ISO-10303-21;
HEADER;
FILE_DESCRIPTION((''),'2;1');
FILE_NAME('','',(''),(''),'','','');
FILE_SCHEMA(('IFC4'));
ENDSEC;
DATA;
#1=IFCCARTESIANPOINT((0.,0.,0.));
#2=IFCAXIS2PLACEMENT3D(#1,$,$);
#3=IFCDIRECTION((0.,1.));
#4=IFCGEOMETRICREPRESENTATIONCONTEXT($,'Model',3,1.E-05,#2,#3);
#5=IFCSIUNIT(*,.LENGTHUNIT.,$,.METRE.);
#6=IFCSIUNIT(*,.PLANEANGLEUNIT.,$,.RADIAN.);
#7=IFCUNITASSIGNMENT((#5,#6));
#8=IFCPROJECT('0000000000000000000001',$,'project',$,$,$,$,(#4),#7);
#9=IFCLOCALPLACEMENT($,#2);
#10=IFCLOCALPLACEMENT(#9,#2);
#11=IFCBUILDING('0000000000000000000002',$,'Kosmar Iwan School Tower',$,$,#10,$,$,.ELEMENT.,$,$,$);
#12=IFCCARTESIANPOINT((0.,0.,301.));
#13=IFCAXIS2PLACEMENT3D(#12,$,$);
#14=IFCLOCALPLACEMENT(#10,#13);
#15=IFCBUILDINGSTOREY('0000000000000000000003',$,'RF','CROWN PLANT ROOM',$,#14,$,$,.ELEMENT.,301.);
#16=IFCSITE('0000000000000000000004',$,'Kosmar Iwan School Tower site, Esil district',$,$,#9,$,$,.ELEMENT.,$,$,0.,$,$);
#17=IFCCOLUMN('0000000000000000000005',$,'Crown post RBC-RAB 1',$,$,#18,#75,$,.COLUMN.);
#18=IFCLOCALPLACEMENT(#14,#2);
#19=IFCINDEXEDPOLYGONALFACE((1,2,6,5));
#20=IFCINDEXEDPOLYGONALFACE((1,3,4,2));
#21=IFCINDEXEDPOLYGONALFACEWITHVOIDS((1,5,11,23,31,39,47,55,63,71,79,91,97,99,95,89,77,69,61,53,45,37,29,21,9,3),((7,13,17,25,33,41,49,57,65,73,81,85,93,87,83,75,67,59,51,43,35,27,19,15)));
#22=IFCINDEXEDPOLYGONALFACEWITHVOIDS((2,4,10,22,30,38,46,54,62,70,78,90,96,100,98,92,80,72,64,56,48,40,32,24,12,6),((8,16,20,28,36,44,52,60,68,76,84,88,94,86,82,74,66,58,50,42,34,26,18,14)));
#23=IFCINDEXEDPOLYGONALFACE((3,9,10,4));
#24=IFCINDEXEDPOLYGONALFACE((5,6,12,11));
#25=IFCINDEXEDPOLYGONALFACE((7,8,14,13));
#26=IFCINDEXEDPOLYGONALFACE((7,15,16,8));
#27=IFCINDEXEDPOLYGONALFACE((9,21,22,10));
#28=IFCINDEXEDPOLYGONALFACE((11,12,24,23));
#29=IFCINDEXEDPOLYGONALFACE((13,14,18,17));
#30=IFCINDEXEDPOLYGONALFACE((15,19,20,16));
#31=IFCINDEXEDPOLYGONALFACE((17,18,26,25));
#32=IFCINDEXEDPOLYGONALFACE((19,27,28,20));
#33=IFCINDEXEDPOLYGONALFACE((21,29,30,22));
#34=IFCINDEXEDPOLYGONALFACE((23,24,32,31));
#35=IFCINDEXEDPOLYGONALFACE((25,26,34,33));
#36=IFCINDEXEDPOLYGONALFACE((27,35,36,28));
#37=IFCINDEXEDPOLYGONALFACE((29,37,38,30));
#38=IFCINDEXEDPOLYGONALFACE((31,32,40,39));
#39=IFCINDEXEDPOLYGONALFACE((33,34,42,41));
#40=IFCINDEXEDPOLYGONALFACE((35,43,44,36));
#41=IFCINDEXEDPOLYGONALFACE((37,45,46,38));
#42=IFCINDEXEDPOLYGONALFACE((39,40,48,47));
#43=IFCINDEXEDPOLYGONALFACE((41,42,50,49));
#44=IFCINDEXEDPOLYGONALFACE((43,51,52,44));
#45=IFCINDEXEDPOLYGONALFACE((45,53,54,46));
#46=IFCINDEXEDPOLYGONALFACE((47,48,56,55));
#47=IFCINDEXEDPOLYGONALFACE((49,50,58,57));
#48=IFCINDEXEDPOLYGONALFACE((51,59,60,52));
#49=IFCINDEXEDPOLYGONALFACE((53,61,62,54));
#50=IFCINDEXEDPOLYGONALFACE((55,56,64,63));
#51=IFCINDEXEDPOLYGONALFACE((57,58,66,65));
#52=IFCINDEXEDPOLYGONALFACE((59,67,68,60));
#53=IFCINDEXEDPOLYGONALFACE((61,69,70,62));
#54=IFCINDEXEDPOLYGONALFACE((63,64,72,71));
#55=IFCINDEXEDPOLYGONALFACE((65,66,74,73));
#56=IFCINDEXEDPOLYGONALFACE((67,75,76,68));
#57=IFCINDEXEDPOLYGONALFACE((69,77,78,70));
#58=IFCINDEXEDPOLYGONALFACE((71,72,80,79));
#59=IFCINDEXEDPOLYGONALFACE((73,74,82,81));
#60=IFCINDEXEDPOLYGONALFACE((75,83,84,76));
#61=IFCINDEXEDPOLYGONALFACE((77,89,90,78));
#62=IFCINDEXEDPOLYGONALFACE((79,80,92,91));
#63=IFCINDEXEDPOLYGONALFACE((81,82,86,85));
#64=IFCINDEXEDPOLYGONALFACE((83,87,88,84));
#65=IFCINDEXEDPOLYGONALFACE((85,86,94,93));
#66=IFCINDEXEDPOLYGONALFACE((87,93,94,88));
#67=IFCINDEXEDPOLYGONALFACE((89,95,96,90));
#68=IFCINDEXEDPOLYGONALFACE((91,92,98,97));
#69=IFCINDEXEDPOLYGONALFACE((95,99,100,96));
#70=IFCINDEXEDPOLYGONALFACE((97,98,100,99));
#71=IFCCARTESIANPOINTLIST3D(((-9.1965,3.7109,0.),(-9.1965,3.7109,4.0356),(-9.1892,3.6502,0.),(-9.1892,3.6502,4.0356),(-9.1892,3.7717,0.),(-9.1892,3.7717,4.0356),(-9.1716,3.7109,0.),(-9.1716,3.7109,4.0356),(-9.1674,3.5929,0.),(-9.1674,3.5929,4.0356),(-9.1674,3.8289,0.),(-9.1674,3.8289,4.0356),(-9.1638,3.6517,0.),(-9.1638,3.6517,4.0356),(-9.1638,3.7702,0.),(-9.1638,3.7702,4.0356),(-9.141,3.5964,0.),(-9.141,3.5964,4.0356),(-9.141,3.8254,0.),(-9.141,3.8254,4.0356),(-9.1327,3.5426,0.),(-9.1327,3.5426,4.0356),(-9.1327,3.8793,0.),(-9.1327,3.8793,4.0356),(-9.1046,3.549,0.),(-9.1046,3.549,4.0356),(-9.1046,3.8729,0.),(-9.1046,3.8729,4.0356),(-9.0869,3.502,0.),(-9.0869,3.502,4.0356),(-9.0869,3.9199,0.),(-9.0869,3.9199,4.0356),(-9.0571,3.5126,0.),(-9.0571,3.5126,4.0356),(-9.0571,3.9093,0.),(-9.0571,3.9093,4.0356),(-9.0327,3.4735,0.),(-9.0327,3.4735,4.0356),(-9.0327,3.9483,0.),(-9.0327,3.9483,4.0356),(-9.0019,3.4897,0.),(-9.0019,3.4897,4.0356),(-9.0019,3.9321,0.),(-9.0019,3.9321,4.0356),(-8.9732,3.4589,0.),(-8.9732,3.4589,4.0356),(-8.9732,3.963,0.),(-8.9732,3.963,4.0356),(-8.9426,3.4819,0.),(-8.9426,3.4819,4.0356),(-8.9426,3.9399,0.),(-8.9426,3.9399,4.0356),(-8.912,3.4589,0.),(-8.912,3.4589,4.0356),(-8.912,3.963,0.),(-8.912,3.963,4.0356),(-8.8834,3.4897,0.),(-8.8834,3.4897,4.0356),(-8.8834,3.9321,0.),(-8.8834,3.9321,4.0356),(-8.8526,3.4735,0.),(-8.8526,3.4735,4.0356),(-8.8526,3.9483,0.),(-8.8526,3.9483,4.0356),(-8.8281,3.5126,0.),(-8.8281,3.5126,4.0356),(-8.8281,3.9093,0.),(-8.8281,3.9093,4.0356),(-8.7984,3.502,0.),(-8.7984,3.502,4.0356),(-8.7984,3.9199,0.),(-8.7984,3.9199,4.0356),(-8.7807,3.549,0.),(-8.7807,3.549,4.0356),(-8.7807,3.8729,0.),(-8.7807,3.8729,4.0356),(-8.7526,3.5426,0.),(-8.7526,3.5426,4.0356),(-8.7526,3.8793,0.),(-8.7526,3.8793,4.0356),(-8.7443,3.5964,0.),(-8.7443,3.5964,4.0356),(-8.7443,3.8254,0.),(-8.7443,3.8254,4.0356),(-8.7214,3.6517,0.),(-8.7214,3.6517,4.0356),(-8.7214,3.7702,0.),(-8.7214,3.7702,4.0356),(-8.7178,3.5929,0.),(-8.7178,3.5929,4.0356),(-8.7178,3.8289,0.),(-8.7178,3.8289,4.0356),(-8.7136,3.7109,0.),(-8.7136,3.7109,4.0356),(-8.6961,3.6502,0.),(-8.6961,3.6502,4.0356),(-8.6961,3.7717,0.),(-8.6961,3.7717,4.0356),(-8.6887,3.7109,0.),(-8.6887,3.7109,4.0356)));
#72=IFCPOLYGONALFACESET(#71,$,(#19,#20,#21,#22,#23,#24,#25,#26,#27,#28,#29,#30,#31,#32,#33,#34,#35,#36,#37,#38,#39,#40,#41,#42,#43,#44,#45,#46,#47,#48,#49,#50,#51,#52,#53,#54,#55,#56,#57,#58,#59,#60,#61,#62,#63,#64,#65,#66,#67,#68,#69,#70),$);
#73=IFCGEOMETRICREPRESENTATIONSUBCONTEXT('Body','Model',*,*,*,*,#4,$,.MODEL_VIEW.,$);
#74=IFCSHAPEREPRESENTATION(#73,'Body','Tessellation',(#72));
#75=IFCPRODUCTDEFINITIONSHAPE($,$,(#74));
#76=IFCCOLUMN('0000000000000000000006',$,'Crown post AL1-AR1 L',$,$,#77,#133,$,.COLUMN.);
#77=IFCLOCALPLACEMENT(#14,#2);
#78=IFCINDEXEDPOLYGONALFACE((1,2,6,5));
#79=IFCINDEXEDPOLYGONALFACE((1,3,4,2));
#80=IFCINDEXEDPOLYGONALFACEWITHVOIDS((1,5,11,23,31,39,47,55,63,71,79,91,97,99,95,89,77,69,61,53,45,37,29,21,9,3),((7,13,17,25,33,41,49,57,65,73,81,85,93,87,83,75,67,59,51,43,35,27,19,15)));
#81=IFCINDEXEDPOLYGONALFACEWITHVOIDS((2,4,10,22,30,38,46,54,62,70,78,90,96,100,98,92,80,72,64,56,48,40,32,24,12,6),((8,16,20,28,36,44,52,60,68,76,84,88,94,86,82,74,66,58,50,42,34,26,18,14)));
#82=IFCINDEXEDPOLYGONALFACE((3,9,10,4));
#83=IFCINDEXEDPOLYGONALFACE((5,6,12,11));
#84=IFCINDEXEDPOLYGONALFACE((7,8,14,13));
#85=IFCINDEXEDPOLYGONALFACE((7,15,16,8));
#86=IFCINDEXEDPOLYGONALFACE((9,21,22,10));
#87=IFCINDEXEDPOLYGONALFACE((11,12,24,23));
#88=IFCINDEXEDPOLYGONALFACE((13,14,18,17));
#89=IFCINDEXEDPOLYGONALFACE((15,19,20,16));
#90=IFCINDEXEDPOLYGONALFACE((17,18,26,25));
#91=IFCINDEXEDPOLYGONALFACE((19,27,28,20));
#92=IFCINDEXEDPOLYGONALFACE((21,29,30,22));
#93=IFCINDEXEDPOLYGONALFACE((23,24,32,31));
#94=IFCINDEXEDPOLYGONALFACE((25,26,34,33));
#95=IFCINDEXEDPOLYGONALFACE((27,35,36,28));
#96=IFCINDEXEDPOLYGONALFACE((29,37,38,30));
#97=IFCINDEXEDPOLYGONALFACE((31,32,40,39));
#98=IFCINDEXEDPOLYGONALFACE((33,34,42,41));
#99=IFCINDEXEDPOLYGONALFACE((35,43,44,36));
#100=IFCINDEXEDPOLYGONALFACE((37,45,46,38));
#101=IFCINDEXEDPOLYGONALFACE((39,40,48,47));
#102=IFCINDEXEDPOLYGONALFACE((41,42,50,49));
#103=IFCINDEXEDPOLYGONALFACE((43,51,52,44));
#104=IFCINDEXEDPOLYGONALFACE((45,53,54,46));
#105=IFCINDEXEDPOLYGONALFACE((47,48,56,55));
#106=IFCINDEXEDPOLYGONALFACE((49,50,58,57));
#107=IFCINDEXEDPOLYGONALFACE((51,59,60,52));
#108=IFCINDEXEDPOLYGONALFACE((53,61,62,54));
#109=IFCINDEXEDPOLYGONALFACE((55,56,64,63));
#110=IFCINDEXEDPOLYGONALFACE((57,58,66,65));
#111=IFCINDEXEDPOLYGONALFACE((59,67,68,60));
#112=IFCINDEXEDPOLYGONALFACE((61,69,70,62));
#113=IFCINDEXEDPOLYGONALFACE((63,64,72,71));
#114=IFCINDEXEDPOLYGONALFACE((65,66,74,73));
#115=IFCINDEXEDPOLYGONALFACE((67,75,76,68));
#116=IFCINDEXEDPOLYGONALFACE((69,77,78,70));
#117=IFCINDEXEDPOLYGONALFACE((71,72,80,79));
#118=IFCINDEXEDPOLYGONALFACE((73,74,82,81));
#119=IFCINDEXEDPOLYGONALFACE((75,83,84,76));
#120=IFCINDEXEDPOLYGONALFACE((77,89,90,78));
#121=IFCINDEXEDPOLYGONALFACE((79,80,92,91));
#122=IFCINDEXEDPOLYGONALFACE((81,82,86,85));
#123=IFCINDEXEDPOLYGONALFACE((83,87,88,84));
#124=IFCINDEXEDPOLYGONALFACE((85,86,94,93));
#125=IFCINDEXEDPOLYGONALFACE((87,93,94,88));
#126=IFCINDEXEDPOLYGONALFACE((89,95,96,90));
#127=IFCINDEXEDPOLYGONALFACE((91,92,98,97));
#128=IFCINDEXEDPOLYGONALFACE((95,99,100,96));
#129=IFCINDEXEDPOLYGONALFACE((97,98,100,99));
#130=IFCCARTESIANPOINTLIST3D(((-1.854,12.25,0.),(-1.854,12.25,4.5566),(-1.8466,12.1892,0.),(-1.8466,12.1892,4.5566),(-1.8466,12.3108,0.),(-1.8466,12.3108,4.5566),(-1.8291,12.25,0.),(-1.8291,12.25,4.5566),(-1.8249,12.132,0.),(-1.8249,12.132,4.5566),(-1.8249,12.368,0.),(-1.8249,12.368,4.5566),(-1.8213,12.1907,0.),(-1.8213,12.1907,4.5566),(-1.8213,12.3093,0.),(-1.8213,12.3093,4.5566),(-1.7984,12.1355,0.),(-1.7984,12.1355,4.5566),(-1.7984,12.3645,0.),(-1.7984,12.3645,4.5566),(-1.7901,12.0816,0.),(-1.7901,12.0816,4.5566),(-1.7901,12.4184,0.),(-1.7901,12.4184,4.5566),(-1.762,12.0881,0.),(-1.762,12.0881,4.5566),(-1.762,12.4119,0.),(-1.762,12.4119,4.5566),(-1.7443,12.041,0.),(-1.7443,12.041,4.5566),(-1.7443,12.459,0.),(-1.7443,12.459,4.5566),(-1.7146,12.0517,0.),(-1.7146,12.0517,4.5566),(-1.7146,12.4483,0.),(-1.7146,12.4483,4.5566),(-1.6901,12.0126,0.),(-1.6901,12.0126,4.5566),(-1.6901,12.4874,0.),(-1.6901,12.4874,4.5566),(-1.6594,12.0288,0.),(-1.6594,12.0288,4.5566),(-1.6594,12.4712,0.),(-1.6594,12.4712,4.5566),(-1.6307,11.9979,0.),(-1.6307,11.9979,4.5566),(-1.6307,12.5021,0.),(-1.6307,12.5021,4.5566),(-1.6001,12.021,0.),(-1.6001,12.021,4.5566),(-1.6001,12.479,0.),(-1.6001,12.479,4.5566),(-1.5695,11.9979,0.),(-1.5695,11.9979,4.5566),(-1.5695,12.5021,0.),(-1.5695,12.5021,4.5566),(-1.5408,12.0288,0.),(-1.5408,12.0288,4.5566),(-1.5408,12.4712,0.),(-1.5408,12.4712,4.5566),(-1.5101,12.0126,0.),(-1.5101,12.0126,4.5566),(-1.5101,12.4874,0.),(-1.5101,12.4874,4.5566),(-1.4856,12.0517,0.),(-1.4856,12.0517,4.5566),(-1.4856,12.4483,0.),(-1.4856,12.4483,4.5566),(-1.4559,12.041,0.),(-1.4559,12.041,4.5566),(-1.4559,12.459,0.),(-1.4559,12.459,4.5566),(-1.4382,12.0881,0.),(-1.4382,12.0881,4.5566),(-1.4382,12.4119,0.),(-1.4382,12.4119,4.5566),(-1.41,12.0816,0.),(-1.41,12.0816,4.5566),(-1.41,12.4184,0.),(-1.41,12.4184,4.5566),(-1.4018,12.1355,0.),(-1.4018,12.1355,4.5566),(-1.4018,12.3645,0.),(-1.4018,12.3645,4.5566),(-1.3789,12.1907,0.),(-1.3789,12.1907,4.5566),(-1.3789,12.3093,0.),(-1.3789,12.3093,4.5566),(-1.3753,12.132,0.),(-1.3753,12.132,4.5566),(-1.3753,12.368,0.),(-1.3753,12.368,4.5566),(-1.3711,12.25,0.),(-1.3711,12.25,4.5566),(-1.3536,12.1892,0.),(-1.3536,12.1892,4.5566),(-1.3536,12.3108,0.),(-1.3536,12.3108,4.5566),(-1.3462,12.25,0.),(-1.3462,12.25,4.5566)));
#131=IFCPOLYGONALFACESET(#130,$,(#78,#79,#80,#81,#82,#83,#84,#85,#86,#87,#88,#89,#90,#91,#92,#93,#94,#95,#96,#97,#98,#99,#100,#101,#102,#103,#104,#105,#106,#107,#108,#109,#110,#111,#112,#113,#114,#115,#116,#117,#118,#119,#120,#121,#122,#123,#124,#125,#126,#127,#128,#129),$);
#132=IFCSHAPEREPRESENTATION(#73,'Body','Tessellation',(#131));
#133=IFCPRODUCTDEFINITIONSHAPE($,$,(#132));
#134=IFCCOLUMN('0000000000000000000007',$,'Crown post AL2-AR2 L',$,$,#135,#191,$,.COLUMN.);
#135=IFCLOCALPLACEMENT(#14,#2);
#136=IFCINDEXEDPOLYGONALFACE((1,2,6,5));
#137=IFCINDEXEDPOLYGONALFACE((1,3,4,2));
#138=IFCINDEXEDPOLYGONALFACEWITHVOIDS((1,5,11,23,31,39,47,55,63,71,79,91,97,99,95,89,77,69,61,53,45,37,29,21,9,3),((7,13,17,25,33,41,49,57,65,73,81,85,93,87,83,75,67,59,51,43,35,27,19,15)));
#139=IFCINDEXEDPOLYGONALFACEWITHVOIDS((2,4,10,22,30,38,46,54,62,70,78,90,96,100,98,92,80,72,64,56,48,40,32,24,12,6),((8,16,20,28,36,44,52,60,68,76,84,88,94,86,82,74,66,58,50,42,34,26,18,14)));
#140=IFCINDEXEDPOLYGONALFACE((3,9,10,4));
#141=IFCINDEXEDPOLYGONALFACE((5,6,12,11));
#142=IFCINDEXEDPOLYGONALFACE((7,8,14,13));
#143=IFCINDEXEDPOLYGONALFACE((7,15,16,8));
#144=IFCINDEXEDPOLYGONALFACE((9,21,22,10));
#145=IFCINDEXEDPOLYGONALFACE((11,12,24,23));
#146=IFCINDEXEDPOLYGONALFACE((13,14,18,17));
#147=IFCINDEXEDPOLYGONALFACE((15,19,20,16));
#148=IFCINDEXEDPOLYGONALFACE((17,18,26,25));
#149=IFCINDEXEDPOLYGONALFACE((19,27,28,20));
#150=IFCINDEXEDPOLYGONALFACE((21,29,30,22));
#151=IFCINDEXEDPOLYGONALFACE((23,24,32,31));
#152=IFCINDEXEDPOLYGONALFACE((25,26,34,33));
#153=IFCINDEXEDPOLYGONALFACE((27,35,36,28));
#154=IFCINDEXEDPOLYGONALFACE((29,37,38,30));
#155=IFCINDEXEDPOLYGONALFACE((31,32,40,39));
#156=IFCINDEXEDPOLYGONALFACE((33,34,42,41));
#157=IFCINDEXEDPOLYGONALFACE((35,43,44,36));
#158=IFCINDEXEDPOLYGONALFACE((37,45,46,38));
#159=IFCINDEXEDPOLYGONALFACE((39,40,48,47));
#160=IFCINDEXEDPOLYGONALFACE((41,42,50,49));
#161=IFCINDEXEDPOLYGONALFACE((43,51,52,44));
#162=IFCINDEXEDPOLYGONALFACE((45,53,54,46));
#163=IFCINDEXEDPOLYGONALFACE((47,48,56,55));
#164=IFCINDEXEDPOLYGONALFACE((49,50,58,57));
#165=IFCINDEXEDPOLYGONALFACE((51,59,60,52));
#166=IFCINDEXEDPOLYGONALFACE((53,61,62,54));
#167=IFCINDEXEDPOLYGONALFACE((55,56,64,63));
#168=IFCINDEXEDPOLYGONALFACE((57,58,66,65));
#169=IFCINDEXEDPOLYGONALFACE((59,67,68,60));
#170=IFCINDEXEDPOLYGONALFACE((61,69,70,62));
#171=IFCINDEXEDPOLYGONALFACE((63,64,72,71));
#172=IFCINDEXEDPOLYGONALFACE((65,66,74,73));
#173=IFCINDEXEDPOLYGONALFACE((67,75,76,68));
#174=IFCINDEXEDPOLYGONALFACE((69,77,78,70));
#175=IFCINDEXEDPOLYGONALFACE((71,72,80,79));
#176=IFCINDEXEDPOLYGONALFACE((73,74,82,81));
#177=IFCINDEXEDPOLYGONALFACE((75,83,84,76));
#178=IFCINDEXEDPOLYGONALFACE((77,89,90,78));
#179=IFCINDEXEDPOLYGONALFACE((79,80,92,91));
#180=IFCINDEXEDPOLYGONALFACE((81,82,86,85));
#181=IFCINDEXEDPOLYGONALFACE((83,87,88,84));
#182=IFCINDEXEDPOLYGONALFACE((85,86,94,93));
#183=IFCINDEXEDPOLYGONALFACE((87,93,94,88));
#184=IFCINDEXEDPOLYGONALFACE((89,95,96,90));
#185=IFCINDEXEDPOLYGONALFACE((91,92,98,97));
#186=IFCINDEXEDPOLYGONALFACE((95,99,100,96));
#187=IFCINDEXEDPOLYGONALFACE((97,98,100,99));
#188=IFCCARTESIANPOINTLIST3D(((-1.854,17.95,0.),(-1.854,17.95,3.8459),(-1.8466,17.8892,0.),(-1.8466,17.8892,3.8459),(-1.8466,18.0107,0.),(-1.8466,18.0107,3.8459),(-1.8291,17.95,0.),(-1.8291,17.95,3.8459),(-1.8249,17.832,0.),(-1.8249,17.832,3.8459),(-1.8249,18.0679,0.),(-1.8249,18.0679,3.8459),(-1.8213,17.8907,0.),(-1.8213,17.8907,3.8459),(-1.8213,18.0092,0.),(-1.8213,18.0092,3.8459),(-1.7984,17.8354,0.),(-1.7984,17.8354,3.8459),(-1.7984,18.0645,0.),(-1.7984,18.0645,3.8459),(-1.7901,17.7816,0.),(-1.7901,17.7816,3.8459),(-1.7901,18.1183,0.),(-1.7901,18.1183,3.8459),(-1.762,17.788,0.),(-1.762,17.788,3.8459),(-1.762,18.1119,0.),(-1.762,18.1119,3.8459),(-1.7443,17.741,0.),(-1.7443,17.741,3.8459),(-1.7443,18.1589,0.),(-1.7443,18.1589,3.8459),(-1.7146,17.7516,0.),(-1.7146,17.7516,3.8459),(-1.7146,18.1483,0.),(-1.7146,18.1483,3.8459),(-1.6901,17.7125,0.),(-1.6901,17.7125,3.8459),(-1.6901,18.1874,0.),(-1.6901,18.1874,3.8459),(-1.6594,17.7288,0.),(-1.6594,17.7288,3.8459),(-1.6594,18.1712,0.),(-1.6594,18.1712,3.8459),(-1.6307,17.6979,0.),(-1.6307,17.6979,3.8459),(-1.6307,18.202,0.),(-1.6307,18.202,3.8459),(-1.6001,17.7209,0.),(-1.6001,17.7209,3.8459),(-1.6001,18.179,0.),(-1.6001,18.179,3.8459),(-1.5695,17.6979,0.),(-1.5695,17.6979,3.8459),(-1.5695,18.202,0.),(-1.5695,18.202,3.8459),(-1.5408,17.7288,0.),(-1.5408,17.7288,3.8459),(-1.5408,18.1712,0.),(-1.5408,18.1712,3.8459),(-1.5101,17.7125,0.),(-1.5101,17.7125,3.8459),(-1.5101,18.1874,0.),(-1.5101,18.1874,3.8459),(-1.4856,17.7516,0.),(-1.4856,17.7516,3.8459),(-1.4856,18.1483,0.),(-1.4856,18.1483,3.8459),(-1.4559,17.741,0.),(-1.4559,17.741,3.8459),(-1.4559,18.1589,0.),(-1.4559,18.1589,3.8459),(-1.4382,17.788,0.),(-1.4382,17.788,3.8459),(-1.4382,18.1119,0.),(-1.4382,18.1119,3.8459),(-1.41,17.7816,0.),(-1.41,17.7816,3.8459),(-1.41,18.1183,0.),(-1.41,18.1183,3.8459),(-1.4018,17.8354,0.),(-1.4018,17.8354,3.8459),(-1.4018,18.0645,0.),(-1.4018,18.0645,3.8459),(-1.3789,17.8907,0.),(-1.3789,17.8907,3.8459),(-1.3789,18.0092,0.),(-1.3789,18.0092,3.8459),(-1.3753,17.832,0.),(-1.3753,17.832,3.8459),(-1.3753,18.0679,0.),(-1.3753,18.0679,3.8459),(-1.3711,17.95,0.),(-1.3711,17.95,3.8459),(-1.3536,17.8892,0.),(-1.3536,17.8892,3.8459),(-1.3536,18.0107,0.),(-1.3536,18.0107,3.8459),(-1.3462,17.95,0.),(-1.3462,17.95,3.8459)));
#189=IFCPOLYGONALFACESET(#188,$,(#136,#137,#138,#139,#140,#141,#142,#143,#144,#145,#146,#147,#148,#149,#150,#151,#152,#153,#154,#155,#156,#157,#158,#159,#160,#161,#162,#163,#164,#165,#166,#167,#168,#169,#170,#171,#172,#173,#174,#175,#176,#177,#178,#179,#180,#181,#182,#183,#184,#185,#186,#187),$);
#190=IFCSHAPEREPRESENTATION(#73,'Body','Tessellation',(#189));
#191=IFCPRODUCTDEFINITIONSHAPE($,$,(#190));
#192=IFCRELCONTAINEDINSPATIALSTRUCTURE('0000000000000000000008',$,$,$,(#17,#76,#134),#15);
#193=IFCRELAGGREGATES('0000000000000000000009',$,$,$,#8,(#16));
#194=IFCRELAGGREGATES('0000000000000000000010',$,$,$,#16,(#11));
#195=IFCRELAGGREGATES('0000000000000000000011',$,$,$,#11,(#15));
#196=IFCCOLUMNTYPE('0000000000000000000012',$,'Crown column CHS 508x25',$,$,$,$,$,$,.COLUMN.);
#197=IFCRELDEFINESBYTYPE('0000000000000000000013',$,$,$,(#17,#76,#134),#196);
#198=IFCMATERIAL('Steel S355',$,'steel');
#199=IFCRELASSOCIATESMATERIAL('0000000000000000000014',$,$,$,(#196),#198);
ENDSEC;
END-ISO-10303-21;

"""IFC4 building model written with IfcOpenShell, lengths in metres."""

from ifc_helpers import new_model, si_unit, direction, frame, origin, origin_2d, place, context, subcontext, project, spatial, hollow_circle, extrude, material, material_profile, profile_set, type_object, element, save


model = new_model("IFC4")

# Units and contexts
model_context = context("Model", 3, precision=1e-05, world=origin(), true_north=direction((0.0, 1.0)))
body_context = subcontext(model_context, "Body", "Model", "MODEL_VIEW")
ifc_project = project(units=[si_unit("LENGTHUNIT", "METRE"), si_unit("PLANEANGLEUNIT", "RADIAN")], contexts=[model_context])

# Site, building, storey
site_placement = place(None, origin())
site = spatial("IfcSite", under=ifc_project, at=site_placement, Name="Kosmar Iwan School Tower site, Esil district", CompositionType="ELEMENT", RefElevation=0.0)
building_placement = place(site_placement, origin())
building = spatial("IfcBuilding", under=site, at=building_placement, Name="Kosmar Iwan School Tower", CompositionType="ELEMENT")
storey_placement = place(building_placement, frame((0.0, 0.0, 301.0)))
storey = spatial("IfcBuildingStorey", under=building, at=storey_placement, Name="RF", Description="CROWN PLANT ROOM", CompositionType="ELEMENT", Elevation=301.0)

# Columns
ifc_material_1 = material(Name="Steel S355", Category="steel")
ifc_material_profile_1 = material_profile(ifc_material_1, hollow_circle(Radius=0.2539, WallThickness=0.0249, at=origin_2d()), Name="CHS 508x25")
ifc_profile_set_1 = profile_set([ifc_material_profile_1], Name="Steel S355")
column_type = type_object("IfcColumnType", Name="Crown column CHS 508x25", PredefinedType="COLUMN", material=ifc_profile_set_1)
for number, where, z_axis, x_axis, name in (
    (1, (-8.9426, 3.7109, 0.0), (0.0, 0.0, 1.0), (1.0, 0.0, 0.0), "Crown post RBC-RAB 1"),
):
    element("IfcColumn", number, at=place(storey_placement, frame(where, z_axis=z_axis, x_axis=x_axis)), inside=storey, type_object=column_type, Name=name, PredefinedType="COLUMN", context=body_context, shape_type="SweptSolid", body=[
        extrude(hollow_circle(Radius=0.2539, WallThickness=0.0249, at=origin_2d()), origin(), (0.0, 0.0, 1.0), 4.0356),
    ])
column_1_placement = place(storey_placement, frame((-1.6001, 12.25, 0.0), z_axis=(0.0, 0.0, 1.0), x_axis=(1.0, 0.0, 0.0)))
element("IfcColumn", 2, at=column_1_placement, inside=storey, type_object=column_type, Name="Crown post AL1-AR1 L", PredefinedType="COLUMN", context=body_context, shape_type="SweptSolid", body=[
    extrude(hollow_circle(Radius=0.2539, WallThickness=0.0249, at=origin_2d()), origin(), (0.0, 0.0, 1.0), 4.5566),
])
column_2_placement = place(storey_placement, frame((-1.6001, 17.95, 0.0), z_axis=(0.0, 0.0, 1.0), x_axis=(1.0, 0.0, 0.0)))
element("IfcColumn", 3, at=column_2_placement, inside=storey, type_object=column_type, Name="Crown post AL2-AR2 L", PredefinedType="COLUMN", context=body_context, shape_type="SweptSolid", body=[
    extrude(hollow_circle(Radius=0.2539, WallThickness=0.0249, at=origin_2d()), origin(), (0.0, 0.0, 1.0), 3.8459),
])

save(model, "model.ifc")
